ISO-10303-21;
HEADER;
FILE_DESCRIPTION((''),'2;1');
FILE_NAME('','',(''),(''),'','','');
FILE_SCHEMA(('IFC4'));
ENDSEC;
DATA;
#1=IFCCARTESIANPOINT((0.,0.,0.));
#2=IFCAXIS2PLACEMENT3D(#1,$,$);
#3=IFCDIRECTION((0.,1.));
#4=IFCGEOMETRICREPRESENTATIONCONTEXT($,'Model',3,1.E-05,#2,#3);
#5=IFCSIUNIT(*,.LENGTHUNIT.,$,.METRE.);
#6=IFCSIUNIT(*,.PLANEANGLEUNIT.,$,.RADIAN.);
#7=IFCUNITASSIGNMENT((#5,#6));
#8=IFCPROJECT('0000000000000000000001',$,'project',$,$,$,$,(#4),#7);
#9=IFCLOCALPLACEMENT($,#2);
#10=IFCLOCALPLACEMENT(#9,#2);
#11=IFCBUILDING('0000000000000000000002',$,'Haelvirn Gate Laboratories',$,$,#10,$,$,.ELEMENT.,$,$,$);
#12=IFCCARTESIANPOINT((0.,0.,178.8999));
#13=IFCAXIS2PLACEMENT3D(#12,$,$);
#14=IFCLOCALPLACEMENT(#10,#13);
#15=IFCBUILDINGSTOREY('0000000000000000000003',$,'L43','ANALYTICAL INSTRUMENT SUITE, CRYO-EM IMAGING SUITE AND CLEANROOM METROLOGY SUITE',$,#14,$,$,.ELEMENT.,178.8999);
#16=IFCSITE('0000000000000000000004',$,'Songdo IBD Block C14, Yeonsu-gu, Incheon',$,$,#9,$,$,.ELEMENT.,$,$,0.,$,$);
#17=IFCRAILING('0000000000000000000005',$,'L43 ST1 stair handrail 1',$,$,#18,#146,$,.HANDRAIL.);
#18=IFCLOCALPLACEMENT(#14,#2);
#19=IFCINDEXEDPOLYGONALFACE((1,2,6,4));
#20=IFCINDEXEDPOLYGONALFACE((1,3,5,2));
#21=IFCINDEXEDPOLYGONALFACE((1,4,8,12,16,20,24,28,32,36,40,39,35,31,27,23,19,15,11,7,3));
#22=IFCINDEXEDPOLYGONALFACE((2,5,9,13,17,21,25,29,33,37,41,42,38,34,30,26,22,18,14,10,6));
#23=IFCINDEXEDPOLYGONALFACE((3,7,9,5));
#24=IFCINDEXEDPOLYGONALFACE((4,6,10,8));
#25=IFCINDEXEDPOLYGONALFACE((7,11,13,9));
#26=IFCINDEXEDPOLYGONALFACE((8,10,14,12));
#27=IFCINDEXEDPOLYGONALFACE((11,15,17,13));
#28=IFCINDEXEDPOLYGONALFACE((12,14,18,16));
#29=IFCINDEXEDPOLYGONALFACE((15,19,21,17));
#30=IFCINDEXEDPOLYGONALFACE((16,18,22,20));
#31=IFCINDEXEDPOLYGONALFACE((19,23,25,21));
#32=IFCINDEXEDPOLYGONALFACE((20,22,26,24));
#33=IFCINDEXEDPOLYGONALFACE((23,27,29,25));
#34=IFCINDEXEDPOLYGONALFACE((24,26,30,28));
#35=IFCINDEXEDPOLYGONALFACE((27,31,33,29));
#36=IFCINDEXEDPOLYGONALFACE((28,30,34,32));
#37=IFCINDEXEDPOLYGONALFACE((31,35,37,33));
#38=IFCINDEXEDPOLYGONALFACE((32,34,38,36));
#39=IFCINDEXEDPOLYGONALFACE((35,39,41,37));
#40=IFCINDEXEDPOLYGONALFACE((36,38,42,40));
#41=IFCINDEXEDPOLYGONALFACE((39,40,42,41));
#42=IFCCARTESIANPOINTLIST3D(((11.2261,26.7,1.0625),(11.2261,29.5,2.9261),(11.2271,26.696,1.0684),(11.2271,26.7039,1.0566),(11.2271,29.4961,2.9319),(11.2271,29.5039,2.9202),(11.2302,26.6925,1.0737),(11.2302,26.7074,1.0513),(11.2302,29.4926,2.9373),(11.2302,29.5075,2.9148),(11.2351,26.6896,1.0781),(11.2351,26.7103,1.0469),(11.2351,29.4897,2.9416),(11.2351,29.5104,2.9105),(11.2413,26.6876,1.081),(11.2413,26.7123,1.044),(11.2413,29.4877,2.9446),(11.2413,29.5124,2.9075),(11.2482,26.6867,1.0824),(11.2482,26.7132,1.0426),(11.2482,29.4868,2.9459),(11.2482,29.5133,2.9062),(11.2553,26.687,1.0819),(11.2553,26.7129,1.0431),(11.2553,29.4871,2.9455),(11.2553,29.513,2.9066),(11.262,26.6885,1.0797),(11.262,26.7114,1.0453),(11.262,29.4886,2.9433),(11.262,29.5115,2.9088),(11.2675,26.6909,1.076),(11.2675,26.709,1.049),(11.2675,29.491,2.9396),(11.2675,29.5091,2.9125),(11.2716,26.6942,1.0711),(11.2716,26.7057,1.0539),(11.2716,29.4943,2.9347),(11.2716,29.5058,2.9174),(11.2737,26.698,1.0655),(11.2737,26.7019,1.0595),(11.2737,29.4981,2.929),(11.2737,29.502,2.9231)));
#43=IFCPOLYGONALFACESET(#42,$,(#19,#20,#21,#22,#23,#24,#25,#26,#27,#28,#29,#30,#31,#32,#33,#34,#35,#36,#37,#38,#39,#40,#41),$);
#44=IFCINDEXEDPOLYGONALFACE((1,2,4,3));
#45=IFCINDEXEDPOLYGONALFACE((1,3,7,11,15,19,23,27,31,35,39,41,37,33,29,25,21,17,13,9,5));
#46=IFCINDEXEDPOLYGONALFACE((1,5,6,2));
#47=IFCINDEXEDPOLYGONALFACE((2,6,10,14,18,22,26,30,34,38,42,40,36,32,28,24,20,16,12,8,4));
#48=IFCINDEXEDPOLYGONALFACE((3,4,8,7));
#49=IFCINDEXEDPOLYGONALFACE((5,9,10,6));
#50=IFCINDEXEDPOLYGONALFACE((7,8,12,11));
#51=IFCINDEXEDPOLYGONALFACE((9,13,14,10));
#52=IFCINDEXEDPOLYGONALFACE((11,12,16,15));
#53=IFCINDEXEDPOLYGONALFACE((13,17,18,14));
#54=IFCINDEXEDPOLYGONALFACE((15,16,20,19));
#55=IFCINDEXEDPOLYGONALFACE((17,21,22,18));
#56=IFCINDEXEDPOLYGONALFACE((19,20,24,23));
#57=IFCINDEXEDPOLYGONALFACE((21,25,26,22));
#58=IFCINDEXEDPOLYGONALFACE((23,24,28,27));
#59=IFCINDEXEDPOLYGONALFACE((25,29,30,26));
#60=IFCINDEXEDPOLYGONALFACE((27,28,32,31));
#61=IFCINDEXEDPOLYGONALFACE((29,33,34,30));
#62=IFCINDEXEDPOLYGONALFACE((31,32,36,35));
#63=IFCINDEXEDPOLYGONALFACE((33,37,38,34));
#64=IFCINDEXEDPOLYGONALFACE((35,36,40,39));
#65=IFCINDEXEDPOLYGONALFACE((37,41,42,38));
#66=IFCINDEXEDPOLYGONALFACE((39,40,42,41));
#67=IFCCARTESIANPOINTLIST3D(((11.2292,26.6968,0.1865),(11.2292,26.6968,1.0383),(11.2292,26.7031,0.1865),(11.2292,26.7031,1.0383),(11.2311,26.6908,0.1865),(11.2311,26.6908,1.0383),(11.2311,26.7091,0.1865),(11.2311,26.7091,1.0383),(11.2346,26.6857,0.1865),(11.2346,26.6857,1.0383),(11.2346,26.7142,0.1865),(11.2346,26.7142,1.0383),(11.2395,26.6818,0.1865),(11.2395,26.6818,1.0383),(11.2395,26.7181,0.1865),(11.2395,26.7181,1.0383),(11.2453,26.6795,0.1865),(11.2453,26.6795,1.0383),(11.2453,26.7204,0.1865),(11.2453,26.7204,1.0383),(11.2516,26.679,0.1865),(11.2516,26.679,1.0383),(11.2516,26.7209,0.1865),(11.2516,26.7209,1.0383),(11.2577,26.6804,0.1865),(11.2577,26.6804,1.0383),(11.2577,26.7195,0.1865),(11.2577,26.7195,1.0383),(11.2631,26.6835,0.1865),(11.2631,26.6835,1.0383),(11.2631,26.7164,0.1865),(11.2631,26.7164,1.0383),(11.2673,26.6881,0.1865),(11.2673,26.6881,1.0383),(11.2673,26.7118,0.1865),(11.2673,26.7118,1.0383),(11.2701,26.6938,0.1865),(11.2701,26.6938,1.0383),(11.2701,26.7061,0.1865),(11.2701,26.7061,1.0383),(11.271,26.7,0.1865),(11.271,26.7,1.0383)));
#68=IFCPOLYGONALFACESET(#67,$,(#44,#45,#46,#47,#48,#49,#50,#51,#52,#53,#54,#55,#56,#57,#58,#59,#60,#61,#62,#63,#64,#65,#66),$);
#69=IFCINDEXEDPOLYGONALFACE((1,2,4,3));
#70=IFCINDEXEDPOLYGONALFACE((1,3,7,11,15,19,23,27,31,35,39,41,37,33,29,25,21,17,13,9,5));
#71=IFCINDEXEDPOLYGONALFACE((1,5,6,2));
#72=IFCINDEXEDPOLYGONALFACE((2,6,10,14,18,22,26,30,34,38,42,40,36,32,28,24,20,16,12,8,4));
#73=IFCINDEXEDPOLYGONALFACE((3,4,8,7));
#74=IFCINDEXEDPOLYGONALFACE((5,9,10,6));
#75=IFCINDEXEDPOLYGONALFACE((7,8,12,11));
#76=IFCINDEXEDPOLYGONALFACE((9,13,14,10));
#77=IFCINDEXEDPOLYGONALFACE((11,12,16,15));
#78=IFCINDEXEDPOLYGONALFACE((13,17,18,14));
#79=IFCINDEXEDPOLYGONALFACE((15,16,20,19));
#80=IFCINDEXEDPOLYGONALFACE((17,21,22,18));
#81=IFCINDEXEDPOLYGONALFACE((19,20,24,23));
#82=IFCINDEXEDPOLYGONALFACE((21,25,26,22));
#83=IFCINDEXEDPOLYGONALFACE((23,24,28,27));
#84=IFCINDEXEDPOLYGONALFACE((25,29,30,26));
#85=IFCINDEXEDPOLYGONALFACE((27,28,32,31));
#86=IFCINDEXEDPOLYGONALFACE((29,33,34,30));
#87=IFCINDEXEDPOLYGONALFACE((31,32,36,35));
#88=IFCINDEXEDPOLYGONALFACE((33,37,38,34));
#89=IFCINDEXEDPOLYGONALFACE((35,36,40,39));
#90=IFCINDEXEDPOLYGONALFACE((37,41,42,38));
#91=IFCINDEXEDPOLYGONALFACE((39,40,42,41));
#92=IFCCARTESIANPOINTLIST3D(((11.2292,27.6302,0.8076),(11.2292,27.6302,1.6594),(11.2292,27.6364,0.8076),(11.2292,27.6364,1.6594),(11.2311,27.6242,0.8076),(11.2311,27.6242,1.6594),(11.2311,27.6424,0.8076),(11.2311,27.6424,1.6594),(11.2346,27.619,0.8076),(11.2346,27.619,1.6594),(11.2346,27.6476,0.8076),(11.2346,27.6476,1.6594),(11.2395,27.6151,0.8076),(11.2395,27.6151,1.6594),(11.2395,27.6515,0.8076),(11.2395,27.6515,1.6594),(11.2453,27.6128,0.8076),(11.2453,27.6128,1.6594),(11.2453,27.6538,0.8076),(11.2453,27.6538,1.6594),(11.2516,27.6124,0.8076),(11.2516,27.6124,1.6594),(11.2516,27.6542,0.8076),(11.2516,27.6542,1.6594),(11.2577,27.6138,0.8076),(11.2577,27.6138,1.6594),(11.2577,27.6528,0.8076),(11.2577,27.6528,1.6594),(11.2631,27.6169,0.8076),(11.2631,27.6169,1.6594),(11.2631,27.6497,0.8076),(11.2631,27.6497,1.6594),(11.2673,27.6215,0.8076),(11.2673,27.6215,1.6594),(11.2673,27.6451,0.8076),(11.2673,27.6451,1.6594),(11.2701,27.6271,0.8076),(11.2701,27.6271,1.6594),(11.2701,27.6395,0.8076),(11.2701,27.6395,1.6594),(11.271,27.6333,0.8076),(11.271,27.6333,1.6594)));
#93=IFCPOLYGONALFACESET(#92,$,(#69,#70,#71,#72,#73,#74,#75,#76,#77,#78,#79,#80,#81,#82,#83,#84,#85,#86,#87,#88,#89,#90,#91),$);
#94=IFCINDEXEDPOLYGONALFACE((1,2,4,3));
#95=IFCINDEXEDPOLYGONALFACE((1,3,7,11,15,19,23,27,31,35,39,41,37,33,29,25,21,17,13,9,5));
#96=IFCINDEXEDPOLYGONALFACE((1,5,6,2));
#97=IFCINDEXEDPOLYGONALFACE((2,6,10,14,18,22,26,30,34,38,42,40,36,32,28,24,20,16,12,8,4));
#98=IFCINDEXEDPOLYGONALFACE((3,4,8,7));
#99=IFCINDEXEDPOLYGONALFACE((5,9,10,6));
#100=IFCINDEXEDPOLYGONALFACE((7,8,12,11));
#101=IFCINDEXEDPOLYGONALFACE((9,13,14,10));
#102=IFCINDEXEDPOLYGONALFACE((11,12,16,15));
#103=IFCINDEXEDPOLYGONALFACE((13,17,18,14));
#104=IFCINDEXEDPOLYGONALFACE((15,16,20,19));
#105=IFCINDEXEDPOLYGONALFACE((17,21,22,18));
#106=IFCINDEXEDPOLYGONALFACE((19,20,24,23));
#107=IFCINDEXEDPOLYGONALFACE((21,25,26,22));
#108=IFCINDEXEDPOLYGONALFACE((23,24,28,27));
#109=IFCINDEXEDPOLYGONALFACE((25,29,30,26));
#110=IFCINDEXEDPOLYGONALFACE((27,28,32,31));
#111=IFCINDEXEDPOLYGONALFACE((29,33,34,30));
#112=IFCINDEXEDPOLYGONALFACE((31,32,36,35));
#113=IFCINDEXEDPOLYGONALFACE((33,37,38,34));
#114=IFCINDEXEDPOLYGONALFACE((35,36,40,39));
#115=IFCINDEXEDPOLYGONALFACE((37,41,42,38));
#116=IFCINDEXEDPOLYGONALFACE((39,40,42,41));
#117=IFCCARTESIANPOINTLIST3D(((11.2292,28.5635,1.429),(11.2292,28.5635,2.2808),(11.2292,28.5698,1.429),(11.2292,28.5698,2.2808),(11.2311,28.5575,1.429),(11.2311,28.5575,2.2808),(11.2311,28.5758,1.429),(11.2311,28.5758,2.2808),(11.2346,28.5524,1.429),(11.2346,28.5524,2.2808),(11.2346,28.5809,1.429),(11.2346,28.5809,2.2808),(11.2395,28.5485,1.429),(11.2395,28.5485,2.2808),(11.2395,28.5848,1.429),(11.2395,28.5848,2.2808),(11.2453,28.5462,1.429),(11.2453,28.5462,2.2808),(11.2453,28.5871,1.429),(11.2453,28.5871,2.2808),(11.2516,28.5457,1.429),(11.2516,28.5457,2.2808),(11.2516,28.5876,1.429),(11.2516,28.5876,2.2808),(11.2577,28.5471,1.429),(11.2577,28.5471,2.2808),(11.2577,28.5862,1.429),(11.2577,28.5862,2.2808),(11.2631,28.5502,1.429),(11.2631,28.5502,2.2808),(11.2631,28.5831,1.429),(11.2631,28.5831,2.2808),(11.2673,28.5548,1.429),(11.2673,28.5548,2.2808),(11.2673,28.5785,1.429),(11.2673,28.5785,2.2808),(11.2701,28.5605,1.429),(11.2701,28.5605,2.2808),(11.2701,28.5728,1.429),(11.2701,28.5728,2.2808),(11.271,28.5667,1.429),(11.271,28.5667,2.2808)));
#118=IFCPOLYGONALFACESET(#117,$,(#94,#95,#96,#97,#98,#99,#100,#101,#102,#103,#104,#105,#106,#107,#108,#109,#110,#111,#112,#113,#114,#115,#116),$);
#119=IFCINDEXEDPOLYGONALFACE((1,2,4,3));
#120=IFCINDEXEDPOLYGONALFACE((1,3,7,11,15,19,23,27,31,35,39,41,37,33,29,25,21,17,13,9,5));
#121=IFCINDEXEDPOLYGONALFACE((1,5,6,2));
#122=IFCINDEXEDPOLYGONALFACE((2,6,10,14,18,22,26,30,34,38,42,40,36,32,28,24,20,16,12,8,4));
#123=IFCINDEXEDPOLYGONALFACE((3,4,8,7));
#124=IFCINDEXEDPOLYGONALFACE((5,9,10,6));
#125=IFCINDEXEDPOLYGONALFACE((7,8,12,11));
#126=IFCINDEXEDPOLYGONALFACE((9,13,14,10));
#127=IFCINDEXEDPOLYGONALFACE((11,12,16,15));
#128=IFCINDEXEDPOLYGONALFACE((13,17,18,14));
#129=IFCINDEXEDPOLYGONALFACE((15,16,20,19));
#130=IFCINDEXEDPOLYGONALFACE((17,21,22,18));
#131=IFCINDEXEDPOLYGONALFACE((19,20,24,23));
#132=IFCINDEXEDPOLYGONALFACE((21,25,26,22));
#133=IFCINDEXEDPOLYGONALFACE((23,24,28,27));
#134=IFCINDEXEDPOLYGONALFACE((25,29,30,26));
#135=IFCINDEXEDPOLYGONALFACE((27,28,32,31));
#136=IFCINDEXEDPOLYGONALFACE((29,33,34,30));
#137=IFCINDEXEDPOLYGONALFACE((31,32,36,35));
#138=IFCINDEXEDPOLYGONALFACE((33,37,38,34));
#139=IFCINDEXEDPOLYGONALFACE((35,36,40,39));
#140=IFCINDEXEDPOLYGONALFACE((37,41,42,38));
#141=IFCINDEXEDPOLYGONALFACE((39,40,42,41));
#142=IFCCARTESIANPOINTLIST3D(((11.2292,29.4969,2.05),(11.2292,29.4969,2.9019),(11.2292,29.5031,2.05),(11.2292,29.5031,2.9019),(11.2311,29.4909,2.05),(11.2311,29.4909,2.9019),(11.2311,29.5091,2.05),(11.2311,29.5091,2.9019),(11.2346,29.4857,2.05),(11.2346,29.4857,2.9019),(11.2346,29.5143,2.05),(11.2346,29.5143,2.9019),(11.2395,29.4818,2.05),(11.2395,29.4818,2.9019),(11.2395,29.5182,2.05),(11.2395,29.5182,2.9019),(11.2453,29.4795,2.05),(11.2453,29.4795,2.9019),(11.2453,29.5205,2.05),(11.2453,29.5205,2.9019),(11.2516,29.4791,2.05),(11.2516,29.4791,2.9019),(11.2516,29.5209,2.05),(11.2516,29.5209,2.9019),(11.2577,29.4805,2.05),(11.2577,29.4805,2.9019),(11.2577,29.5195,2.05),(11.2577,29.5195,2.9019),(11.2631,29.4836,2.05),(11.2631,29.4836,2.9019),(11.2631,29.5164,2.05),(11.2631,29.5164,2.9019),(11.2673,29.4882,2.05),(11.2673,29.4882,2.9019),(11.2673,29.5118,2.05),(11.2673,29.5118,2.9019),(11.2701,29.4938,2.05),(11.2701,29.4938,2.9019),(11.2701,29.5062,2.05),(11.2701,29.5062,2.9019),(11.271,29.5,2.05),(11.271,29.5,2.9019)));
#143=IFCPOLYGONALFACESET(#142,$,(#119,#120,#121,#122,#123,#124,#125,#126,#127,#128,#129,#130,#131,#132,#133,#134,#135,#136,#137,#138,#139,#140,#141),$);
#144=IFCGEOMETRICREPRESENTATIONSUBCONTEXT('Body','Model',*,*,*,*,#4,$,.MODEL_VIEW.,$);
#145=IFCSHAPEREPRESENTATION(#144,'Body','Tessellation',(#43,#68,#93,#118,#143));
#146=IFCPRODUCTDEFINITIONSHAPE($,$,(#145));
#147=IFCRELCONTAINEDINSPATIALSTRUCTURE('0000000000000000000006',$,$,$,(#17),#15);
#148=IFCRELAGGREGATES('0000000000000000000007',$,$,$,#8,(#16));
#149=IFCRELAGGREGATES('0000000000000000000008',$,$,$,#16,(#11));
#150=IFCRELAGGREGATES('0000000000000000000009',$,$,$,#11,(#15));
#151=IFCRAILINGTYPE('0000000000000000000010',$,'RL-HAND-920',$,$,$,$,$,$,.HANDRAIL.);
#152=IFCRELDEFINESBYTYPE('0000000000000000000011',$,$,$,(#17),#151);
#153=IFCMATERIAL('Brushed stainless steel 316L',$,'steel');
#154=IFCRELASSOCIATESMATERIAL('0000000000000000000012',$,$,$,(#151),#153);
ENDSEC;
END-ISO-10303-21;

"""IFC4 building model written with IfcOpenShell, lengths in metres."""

from ifc_helpers import new_model, si_unit, direction, frame, origin, origin_2d, place, context, subcontext, project, spatial, circle, extrude, source, transform, mapped, material, type_object, type_shapes, element, save


model = new_model("IFC4")

# Units and contexts
model_context = context("Model", 3, precision=1e-05, world=origin(), true_north=direction((0.0, 1.0)))
body_context = subcontext(model_context, "Body", "Model", "MODEL_VIEW")
ifc_project = project(units=[si_unit("LENGTHUNIT", "METRE"), si_unit("PLANEANGLEUNIT", "RADIAN")], contexts=[model_context])

# Site, building, storey
site_placement = place(None, origin())
site = spatial("IfcSite", under=ifc_project, at=site_placement, Name="Songdo IBD Block C14, Yeonsu-gu, Incheon", CompositionType="ELEMENT", RefElevation=0.0)
building_placement = place(site_placement, origin())
building = spatial("IfcBuilding", under=site, at=building_placement, Name="Haelvirn Gate Laboratories", CompositionType="ELEMENT")
storey_placement = place(building_placement, frame((0.0, 0.0, 178.8999)))
storey = spatial("IfcBuildingStorey", under=building, at=storey_placement, Name="L43", Description="ANALYTICAL INSTRUMENT SUITE, CRYO-EM IMAGING SUITE AND CLEANROOM METROLOGY SUITE", CompositionType="ELEMENT", Elevation=178.8999)

# Railing
ifc_material_1 = material(Name="Brushed stainless steel 316L", Category="steel")
railing_type = type_object("IfcRailingType", Name="RL-HAND-920", PredefinedType="HANDRAIL", material=ifc_material_1)
shared_shape_1 = source(origin(), body_context, "Body", "SweptSolid", [
    extrude(circle(Radius=0.0239, at=origin_2d()), frame((0.0, 0.0, 0.876), z_axis=(0.0, 0.832486, 0.554047), x_axis=(-1.0, 0.0, 0.0)), (0.0, 0.0, 1.0), 3.3635),
    extrude(circle(Radius=0.021, at=origin_2d()), origin(), (0.0, 0.0, 1.0), 0.8518),
    extrude(circle(Radius=0.021, at=origin_2d()), frame((0.0, 0.9333, 0.6211)), (0.0, 0.0, 1.0), 0.8518),
    extrude(circle(Radius=0.021, at=origin_2d()), frame((0.0, 1.8667, 1.2424)), (0.0, 0.0, 1.0), 0.8518),
    extrude(circle(Radius=0.021, at=origin_2d()), frame((0.0, 2.8, 1.8635)), (0.0, 0.0, 1.0), 0.8518),
])
type_shapes(railing_type, [shared_shape_1])
railing_placement = place(storey_placement, frame((11.25, 26.7, 0.1865)))
element("IfcRailing", 1, at=railing_placement, inside=storey, type_object=railing_type, Name="L43 ST1 stair handrail 1", PredefinedType="HANDRAIL", context=body_context, shape_type="MappedRepresentation", body=[
    mapped(shared_shape_1, transform((0.0, 0.0, 0.0), scale=1.0)),
])

save(model, "model.ifc")
